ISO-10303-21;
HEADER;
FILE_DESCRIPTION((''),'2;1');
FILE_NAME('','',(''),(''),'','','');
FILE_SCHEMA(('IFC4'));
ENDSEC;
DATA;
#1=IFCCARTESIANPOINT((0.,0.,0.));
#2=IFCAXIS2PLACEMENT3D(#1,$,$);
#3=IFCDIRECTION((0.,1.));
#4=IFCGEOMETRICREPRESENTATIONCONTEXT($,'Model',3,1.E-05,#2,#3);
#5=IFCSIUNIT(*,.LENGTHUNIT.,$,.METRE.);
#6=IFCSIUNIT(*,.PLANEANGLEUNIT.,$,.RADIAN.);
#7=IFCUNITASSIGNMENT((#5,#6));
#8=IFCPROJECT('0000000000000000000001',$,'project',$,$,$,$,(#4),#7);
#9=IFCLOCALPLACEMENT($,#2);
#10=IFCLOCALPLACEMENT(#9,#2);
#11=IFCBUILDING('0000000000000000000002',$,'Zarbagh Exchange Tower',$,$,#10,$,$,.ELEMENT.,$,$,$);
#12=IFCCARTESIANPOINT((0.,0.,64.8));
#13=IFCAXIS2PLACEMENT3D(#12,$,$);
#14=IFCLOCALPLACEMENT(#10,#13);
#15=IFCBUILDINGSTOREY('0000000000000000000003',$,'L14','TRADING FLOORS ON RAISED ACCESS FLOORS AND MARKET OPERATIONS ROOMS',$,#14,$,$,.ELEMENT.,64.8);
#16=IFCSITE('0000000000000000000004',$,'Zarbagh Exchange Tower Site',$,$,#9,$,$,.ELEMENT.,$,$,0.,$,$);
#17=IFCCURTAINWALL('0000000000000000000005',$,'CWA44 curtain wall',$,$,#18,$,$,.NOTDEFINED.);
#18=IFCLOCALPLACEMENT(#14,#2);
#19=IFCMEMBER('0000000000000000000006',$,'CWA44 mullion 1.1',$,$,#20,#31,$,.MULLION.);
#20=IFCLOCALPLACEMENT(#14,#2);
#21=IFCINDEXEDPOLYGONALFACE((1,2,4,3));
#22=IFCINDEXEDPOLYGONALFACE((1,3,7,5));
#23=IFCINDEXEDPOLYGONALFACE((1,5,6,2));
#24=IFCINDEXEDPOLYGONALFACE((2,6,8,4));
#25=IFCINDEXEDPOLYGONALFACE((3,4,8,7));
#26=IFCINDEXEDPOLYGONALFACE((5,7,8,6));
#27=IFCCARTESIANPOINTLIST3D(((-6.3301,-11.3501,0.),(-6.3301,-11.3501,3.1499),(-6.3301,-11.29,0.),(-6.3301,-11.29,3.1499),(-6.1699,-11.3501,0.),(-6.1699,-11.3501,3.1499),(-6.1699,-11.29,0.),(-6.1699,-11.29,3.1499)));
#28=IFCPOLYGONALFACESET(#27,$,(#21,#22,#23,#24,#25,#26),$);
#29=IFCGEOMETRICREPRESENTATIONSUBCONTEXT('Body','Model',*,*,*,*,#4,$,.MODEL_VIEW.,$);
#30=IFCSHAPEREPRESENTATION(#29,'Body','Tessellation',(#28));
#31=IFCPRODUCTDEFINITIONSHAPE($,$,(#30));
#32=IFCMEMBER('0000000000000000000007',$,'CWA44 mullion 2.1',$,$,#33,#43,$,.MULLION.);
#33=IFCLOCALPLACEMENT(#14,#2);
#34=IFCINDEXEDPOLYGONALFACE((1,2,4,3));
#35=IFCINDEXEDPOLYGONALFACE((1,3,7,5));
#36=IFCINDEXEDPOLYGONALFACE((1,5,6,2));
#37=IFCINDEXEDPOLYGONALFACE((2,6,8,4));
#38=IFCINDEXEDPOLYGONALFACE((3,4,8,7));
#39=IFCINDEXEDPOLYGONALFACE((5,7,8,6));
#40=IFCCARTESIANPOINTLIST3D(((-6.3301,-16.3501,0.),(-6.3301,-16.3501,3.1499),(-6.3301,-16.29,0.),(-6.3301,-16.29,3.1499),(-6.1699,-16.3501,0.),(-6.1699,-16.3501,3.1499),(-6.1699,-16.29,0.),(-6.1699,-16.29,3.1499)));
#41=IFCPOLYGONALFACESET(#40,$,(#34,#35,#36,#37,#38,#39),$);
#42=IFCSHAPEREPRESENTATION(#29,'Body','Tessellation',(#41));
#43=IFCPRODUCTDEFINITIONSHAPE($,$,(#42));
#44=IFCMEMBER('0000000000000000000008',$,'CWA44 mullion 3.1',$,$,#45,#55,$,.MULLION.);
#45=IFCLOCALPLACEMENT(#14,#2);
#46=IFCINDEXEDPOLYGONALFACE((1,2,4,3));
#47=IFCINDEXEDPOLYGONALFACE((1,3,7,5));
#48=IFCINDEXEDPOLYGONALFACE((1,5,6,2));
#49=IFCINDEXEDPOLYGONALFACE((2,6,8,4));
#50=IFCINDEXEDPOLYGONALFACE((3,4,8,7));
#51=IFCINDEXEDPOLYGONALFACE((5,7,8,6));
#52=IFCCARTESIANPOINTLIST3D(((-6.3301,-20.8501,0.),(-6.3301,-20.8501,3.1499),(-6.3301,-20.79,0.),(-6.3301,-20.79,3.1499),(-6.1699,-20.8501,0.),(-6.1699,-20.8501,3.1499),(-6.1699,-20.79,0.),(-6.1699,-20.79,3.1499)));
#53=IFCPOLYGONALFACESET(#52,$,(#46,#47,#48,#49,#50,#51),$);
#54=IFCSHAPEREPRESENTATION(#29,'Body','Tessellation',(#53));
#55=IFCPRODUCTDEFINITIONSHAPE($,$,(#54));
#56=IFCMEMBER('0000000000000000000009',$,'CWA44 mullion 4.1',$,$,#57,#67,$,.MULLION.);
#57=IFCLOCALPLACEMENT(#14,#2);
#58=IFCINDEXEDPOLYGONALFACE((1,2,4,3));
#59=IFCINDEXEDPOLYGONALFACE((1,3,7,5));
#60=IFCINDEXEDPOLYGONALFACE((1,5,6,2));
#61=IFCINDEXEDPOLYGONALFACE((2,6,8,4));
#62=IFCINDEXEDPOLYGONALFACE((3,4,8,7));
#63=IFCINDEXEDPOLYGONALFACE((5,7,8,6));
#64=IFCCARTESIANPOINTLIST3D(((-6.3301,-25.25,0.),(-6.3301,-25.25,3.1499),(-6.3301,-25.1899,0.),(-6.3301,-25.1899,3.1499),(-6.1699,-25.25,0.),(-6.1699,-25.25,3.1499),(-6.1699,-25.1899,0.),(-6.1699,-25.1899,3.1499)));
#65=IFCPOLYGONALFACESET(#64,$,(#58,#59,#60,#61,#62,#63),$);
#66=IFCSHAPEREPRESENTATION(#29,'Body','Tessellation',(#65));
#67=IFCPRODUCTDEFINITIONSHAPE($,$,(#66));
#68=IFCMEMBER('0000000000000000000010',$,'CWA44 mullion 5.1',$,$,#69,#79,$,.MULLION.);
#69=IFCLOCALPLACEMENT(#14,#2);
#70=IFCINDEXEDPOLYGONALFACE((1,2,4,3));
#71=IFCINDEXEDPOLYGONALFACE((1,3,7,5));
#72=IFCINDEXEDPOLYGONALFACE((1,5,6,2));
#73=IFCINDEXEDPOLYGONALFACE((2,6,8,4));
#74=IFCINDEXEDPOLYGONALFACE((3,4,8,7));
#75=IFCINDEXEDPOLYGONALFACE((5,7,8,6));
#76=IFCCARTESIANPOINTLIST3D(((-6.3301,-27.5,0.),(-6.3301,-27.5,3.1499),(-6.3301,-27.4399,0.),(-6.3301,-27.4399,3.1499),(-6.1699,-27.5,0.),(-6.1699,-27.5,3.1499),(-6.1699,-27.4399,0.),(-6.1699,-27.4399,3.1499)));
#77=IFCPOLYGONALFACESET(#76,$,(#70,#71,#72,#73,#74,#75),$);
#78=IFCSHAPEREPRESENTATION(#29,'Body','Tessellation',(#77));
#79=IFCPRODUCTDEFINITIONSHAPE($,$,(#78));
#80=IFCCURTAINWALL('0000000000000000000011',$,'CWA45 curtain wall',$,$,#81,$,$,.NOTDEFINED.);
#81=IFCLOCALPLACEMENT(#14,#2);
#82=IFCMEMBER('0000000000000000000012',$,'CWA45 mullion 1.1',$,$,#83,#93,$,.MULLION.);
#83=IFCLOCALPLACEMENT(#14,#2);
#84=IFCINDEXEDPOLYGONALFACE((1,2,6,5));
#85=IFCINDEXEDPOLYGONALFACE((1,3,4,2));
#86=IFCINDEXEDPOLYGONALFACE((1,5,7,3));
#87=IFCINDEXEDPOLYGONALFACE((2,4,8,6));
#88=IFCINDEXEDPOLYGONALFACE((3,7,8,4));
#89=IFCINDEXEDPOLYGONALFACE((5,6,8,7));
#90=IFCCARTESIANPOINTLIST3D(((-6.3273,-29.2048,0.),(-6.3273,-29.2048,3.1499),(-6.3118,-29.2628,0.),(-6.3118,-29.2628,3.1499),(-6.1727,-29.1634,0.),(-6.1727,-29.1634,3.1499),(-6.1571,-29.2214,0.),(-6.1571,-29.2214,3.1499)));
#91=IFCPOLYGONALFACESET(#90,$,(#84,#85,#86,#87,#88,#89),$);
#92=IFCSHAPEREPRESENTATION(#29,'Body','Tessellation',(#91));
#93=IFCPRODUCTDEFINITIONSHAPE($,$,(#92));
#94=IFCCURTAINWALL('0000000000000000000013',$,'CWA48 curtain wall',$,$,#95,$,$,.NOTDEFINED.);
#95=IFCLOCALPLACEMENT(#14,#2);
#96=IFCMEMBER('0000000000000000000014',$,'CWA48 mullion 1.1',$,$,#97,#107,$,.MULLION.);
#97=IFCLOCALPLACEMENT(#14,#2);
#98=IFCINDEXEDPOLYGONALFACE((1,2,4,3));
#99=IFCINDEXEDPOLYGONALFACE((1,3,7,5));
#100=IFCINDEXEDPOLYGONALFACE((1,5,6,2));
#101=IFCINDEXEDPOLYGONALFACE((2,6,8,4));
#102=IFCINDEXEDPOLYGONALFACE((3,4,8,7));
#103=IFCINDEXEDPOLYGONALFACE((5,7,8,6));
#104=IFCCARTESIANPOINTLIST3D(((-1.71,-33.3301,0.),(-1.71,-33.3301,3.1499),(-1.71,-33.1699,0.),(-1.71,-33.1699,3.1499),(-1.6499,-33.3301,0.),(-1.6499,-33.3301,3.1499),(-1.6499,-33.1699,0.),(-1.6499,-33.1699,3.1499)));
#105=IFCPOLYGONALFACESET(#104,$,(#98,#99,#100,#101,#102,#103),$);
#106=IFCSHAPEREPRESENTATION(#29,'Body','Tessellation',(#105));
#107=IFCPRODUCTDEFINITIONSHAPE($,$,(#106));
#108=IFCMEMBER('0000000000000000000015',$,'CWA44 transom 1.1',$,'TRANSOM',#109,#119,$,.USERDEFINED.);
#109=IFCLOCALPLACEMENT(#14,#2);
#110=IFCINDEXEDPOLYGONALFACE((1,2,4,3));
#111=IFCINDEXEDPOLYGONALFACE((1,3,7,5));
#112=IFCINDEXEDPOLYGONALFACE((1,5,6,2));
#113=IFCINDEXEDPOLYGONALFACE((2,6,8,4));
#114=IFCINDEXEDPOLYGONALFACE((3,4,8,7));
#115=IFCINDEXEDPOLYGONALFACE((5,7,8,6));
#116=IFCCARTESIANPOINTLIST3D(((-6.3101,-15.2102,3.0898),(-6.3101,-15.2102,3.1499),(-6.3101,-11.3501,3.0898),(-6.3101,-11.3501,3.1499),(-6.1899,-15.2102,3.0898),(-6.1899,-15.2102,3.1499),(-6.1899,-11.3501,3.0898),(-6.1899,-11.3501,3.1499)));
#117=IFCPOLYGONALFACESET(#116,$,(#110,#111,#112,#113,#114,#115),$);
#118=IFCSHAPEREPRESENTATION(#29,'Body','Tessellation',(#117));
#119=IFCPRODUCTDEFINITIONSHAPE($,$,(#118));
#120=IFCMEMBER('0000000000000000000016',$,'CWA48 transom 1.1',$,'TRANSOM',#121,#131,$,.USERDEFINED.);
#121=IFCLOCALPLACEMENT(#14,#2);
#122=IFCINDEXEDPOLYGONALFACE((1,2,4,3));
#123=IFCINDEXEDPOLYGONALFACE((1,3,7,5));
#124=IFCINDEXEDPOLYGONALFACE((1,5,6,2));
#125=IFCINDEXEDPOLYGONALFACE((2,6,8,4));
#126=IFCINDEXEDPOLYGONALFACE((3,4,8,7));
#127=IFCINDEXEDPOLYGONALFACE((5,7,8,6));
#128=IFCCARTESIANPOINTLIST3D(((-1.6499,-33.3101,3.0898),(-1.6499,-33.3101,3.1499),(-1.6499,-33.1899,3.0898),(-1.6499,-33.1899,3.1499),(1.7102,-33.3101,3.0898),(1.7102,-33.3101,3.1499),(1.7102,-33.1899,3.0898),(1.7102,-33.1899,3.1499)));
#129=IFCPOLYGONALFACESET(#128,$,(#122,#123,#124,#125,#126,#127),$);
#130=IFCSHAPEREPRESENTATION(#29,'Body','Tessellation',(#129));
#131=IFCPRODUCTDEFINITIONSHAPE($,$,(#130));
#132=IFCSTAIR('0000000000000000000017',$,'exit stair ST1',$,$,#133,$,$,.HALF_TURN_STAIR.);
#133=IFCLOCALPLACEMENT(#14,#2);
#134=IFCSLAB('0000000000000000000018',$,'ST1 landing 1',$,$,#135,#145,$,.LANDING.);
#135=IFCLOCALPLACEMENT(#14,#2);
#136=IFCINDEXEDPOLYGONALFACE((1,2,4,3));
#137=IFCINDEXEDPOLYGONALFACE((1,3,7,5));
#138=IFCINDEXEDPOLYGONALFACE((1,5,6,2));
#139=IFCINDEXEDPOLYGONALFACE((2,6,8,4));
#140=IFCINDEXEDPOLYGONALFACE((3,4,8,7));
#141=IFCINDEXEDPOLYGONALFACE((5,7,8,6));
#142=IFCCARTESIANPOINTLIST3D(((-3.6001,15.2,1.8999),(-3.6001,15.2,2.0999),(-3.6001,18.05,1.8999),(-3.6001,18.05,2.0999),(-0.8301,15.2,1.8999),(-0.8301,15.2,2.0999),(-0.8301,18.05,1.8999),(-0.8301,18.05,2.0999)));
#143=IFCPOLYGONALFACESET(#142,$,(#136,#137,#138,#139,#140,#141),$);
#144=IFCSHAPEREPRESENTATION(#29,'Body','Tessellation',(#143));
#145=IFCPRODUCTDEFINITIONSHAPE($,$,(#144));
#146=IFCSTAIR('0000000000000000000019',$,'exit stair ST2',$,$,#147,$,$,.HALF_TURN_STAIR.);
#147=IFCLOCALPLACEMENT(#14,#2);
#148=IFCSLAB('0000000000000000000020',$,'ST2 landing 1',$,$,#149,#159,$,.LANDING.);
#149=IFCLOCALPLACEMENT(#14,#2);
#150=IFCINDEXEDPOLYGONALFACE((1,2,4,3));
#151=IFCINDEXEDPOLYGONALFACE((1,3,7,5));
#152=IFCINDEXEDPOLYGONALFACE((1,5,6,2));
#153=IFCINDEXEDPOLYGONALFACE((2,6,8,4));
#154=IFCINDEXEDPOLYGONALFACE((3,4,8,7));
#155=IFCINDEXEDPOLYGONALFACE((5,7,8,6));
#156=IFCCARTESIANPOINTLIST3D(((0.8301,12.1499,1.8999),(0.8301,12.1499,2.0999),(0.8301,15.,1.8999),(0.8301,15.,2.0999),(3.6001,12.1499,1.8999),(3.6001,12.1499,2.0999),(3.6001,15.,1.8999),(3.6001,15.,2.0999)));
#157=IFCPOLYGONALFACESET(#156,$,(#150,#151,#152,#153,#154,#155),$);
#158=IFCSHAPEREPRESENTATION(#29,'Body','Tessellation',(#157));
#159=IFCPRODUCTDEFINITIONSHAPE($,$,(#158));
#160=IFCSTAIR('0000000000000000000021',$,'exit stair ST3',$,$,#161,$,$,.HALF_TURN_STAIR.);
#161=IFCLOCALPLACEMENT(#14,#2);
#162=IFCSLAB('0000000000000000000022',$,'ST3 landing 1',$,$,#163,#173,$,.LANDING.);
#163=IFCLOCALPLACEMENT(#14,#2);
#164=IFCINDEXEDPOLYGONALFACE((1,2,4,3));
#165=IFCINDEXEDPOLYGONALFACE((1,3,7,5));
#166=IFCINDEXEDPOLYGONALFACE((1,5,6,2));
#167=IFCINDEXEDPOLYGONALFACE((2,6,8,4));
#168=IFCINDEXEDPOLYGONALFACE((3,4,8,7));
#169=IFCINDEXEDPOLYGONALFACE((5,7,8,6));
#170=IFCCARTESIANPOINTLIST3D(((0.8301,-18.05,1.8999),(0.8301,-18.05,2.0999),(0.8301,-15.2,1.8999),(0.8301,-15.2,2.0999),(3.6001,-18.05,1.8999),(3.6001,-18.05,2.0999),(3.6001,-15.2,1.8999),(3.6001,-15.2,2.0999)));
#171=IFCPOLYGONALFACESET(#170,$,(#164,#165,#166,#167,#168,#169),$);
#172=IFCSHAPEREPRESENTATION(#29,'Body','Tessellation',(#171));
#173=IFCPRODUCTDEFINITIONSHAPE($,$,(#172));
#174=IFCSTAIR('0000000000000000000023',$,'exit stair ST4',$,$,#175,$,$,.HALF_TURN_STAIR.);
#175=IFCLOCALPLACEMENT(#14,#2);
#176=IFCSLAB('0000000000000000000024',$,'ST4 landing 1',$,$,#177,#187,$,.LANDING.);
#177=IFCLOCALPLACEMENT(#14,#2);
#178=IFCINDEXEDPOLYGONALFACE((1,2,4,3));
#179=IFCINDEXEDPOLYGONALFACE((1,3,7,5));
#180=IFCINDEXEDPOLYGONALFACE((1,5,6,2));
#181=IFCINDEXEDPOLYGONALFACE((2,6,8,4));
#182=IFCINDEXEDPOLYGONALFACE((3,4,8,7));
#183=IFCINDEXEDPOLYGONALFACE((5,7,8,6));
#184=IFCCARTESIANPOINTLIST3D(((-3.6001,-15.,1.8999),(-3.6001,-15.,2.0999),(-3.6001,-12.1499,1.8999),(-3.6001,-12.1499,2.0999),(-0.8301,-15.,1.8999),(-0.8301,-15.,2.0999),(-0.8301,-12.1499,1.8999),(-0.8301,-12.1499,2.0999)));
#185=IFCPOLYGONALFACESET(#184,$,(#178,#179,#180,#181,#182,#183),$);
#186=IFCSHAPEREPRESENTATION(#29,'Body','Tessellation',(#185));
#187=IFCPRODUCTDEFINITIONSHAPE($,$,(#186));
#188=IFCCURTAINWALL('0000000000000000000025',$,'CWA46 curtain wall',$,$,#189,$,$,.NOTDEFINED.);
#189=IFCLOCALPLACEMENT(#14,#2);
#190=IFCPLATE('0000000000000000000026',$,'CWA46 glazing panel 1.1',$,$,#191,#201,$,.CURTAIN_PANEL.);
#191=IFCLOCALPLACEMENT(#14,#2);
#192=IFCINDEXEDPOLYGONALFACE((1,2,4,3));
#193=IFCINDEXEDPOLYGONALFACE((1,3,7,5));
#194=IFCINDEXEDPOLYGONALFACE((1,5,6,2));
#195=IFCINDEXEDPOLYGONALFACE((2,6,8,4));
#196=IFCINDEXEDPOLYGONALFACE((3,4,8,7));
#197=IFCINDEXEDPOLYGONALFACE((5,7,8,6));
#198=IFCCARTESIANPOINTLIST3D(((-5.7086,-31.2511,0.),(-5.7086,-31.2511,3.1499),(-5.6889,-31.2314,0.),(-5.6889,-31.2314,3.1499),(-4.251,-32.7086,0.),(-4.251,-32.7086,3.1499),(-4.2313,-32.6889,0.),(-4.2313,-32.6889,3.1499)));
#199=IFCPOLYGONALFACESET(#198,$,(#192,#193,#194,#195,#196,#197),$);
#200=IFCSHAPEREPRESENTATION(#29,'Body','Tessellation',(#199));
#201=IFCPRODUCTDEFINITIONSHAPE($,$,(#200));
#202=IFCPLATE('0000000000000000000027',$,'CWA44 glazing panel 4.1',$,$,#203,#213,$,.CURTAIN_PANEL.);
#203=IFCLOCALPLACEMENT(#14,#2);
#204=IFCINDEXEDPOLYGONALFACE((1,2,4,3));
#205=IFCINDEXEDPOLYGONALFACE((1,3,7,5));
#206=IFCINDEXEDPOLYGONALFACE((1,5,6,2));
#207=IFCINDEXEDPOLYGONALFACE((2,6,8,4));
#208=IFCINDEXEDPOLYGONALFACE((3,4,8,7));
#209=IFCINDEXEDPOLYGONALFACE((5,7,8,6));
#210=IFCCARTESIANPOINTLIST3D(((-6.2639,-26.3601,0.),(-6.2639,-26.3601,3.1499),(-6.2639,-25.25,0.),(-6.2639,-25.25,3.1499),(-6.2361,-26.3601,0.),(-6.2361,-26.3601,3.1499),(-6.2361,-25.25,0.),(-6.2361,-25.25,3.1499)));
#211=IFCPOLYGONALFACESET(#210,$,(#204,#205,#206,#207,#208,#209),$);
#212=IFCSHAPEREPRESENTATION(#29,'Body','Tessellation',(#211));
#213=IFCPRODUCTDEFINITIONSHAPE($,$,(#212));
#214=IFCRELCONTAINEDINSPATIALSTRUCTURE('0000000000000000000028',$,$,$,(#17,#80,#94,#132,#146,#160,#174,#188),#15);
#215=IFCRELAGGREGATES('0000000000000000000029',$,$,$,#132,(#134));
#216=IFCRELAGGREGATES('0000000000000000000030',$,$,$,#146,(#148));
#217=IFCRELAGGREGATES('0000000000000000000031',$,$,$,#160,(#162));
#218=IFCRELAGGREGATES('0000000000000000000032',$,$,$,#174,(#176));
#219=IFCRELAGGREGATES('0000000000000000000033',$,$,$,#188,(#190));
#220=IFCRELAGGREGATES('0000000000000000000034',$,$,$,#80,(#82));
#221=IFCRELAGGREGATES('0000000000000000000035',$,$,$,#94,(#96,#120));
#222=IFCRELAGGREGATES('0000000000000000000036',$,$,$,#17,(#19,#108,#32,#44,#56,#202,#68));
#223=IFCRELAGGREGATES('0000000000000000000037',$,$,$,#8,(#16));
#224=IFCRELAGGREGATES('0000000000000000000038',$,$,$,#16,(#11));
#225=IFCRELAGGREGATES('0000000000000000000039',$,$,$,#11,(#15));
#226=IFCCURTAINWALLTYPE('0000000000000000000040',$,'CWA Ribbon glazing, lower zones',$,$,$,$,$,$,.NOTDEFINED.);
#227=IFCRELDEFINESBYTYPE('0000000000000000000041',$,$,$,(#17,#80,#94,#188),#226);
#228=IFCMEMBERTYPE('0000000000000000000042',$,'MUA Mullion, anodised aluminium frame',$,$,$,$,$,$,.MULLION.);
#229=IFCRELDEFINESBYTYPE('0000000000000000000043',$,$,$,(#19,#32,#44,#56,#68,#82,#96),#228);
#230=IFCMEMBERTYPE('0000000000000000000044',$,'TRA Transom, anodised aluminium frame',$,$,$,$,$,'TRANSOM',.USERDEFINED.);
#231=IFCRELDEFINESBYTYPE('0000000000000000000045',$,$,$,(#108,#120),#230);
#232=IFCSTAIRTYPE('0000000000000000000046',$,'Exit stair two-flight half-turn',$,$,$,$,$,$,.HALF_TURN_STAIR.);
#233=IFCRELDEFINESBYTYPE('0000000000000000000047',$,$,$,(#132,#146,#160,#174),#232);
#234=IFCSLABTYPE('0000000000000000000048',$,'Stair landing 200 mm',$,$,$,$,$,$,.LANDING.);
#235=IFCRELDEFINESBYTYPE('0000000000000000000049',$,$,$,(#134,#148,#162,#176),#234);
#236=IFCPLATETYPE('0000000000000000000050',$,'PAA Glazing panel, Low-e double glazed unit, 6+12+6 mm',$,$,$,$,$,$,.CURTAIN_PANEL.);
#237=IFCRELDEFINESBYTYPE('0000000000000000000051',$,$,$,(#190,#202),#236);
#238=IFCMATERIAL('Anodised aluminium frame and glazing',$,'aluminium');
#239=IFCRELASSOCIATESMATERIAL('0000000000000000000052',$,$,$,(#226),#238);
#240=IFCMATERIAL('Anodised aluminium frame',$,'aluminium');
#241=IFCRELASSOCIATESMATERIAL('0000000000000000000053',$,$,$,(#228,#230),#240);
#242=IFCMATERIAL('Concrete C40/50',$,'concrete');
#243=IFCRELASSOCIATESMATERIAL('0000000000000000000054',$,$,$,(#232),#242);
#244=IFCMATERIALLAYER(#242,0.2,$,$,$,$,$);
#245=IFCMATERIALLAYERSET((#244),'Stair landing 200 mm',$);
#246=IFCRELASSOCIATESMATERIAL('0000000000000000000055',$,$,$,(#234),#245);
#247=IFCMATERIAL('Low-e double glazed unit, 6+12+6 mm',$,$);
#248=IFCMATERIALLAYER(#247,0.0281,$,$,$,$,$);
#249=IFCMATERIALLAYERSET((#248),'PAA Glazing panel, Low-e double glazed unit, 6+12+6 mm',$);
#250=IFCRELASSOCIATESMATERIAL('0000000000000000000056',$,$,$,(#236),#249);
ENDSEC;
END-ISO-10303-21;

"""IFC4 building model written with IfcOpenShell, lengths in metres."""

from ifc_helpers import new_model, si_unit, direction, frame, origin, place, context, subcontext, project, spatial, polyline, outline, extrude, source, transform, mapped, material, layer, layer_set, type_object, element, aggregate, save


model = new_model("IFC4")

# Units and contexts
model_context = context("Model", 3, precision=1e-05, world=origin(), true_north=direction((0.0, 1.0)))
body_context = subcontext(model_context, "Body", "Model", "MODEL_VIEW")
ifc_project = project(units=[si_unit("LENGTHUNIT", "METRE"), si_unit("PLANEANGLEUNIT", "RADIAN")], contexts=[model_context])

# Site, building, storey
site_placement = place(None, origin())
site = spatial("IfcSite", under=ifc_project, at=site_placement, Name="Zarbagh Exchange Tower Site", CompositionType="ELEMENT", RefElevation=0.0)
building_placement = place(site_placement, origin())
building = spatial("IfcBuilding", under=site, at=building_placement, Name="Zarbagh Exchange Tower", CompositionType="ELEMENT")
storey_placement = place(building_placement, frame((0.0, 0.0, 64.8)))
storey = spatial("IfcBuildingStorey", under=building, at=storey_placement, Name="L14", Description="TRADING FLOORS ON RAISED ACCESS FLOORS AND MARKET OPERATIONS ROOMS", CompositionType="ELEMENT", Elevation=64.8)

# Curtain wall, members
ifc_material_1 = material(Name="Anodised aluminium frame and glazing", Category="aluminium")
curtain_wall_type = type_object("IfcCurtainWallType", Name="CWA Ribbon glazing, lower zones", PredefinedType="NOTDEFINED", material=ifc_material_1)
curtain_wall_1_placement = place(storey_placement, origin())
curtain_wall_1 = element("IfcCurtainWall", 1, at=curtain_wall_1_placement, inside=storey, type_object=curtain_wall_type, Name="CWA44 curtain wall", PredefinedType="NOTDEFINED")
ifc_material_2 = material(Name="Anodised aluminium frame", Category="aluminium")
member_type_1 = type_object("IfcMemberType", Name="MUA Mullion, anodised aluminium frame", PredefinedType="MULLION", material=ifc_material_2)
shared_shape_1 = source(origin(), body_context, "Body", "SweptSolid", [
    extrude(outline(polyline([(0.0, -0.0801), (0.0601, -0.0801), (0.0601, 0.0801), (0.0, 0.0801), (0.0, -0.0801)])), origin(), (0.0, 0.0, 1.0), 3.1499),
])
placement = place(storey_placement, origin())
member_1 = element("IfcMember", 2, at=placement, type_object=member_type_1, Name="CWA44 mullion 1.1", PredefinedType="MULLION", context=body_context, shape_type="MappedRepresentation", body=[
    mapped(shared_shape_1, transform((-6.25, -11.29, 0.0), x_axis=(0.0, -1.0, 0.0), y_axis=(1.0, 0.0, 0.0), z_axis=(0.0, 0.0, 1.0))),
])
member_2 = element("IfcMember", 3, at=placement, type_object=member_type_1, Name="CWA44 mullion 2.1", PredefinedType="MULLION", context=body_context, shape_type="MappedRepresentation", body=[
    mapped(shared_shape_1, transform((-6.25, -16.29, 0.0), x_axis=(0.0, -1.0, 0.0), y_axis=(1.0, 0.0, 0.0), z_axis=(0.0, 0.0, 1.0))),
])
member_3 = element("IfcMember", 4, at=placement, type_object=member_type_1, Name="CWA44 mullion 3.1", PredefinedType="MULLION", context=body_context, shape_type="MappedRepresentation", body=[
    mapped(shared_shape_1, transform((-6.25, -20.79, 0.0), x_axis=(0.0, -1.0, 0.0), y_axis=(1.0, 0.0, 0.0), z_axis=(0.0, 0.0, 1.0))),
])
member_4 = element("IfcMember", 5, at=placement, type_object=member_type_1, Name="CWA44 mullion 4.1", PredefinedType="MULLION", context=body_context, shape_type="MappedRepresentation", body=[
    mapped(shared_shape_1, transform((-6.25, -25.1899, 0.0), x_axis=(0.0, -1.0, 0.0), y_axis=(1.0, 0.0, 0.0), z_axis=(0.0, 0.0, 1.0))),
])
member_5 = element("IfcMember", 6, at=placement, type_object=member_type_1, Name="CWA44 mullion 5.1", PredefinedType="MULLION", context=body_context, shape_type="MappedRepresentation", body=[
    mapped(shared_shape_1, transform((-6.25, -27.4399, 0.0), x_axis=(0.0, -1.0, 0.0), y_axis=(1.0, 0.0, 0.0), z_axis=(0.0, 0.0, 1.0))),
])

# Curtain walls, members
curtain_wall_2_placement = place(storey_placement, origin())
curtain_wall_2 = element("IfcCurtainWall", 7, at=curtain_wall_2_placement, inside=storey, type_object=curtain_wall_type, Name="CWA45 curtain wall", PredefinedType="NOTDEFINED")
member_6 = element("IfcMember", 8, at=placement, type_object=member_type_1, Name="CWA45 mullion 1.1", PredefinedType="MULLION", context=body_context, shape_type="MappedRepresentation", body=[
    mapped(shared_shape_1, transform((-6.25, -29.1841, 0.0), x_axis=(0.258825, -0.965924, 0.0), y_axis=(0.965924, 0.258825, 0.0), z_axis=(0.0, 0.0, 1.0))),
])
curtain_wall_3_placement = place(storey_placement, origin())
curtain_wall_3 = element("IfcCurtainWall", 9, at=curtain_wall_3_placement, inside=storey, type_object=curtain_wall_type, Name="CWA48 curtain wall", PredefinedType="NOTDEFINED")
member_7 = element("IfcMember", 10, at=placement, type_object=member_type_1, Name="CWA48 mullion 1.1", PredefinedType="MULLION", context=body_context, shape_type="MappedRepresentation", body=[
    mapped(shared_shape_1, transform((-1.71, -33.25, 0.0), x_axis=(1.0, 0.0, 0.0), y_axis=(0.0, 1.0, 0.0), z_axis=(0.0, 0.0, 1.0))),
])

# Members
member_type_2 = type_object("IfcMemberType", Name="TRA Transom, anodised aluminium frame", ElementType="TRANSOM", PredefinedType="USERDEFINED", material=ifc_material_2)
shared_shape_2 = source(origin(), body_context, "Body", "SweptSolid", [
    extrude(outline(polyline([(-0.0601, -0.0601), (0.0, -0.0601), (0.0, 0.0601), (-0.0601, 0.0601), (-0.0601, -0.0601)])), origin(), (0.0, 0.0, 1.0), 3.8601),
])
member_8 = element("IfcMember", 11, at=placement, type_object=member_type_2, Name="CWA44 transom 1.1", ObjectType="TRANSOM", PredefinedType="USERDEFINED", context=body_context, shape_type="MappedRepresentation", body=[
    mapped(shared_shape_2, transform((-6.25, -11.3501, 3.1499), x_axis=(0.0, 0.0, 1.0), y_axis=(-1.0, 0.0, 0.0), z_axis=(0.0, -1.0, 0.0))),
])
shared_shape_3 = source(origin(), body_context, "Body", "SweptSolid", [
    extrude(outline(polyline([(-0.0601, -0.0601), (0.0, -0.0601), (0.0, 0.0601), (-0.0601, 0.0601), (-0.0601, -0.0601)])), origin(), (0.0, 0.0, 1.0), 3.3601),
])
member_9 = element("IfcMember", 12, at=placement, type_object=member_type_2, Name="CWA48 transom 1.1", ObjectType="TRANSOM", PredefinedType="USERDEFINED", context=body_context, shape_type="MappedRepresentation", body=[
    mapped(shared_shape_3, transform((-1.6499, -33.25, 3.1499), x_axis=(0.0, 0.0, 1.0), y_axis=(0.0, -1.0, 0.0), z_axis=(1.0, 0.0, 0.0))),
])

# Stairs, slabs
ifc_material_3 = material(Name="Concrete C40/50", Category="concrete")
stair_type = type_object("IfcStairType", Name="Exit stair two-flight half-turn", PredefinedType="HALF_TURN_STAIR", material=ifc_material_3)
stair_1_placement = place(storey_placement, origin())
stair_1 = element("IfcStair", 13, at=stair_1_placement, inside=storey, type_object=stair_type, Name="exit stair ST1", PredefinedType="HALF_TURN_STAIR")
ifc_layer_1 = layer(ifc_material_3, 0.2)
ifc_layer_set_1 = layer_set([ifc_layer_1], Name="Stair landing 200 mm")
slab_type = type_object("IfcSlabType", Name="Stair landing 200 mm", PredefinedType="LANDING", material=ifc_layer_set_1)
slab_1_placement = place(storey_placement, frame((0.0, 0.0, 1.8999)))
slab_1 = element("IfcSlab", 14, at=slab_1_placement, type_object=slab_type, Name="ST1 landing 1", PredefinedType="LANDING", context=body_context, shape_type="SweptSolid", body=[
    extrude(outline(polyline([(-0.8301, 18.05), (-3.6001, 18.05), (-3.6001, 15.2), (-0.8301, 15.2), (-0.8301, 18.05)])), origin(), (0.0, 0.0, 1.0), 0.2),
])
aggregate(stair_1, [slab_1])
stair_2_placement = place(storey_placement, origin())
stair_2 = element("IfcStair", 15, at=stair_2_placement, inside=storey, type_object=stair_type, Name="exit stair ST2", PredefinedType="HALF_TURN_STAIR")
slab_2_placement = place(storey_placement, frame((0.0, 0.0, 1.8999)))
slab_2 = element("IfcSlab", 16, at=slab_2_placement, type_object=slab_type, Name="ST2 landing 1", PredefinedType="LANDING", context=body_context, shape_type="SweptSolid", body=[
    extrude(outline(polyline([(0.8301, 12.1499), (3.6001, 12.1499), (3.6001, 15.0), (0.8301, 15.0), (0.8301, 12.1499)])), origin(), (0.0, 0.0, 1.0), 0.2),
])
aggregate(stair_2, [slab_2])
stair_3_placement = place(storey_placement, origin())
stair_3 = element("IfcStair", 17, at=stair_3_placement, inside=storey, type_object=stair_type, Name="exit stair ST3", PredefinedType="HALF_TURN_STAIR")
slab_3_placement = place(storey_placement, frame((0.0, 0.0, 1.8999)))
slab_3 = element("IfcSlab", 18, at=slab_3_placement, type_object=slab_type, Name="ST3 landing 1", PredefinedType="LANDING", context=body_context, shape_type="SweptSolid", body=[
    extrude(outline(polyline([(0.8301, -18.05), (3.6001, -18.05), (3.6001, -15.2), (0.8301, -15.2), (0.8301, -18.05)])), origin(), (0.0, 0.0, 1.0), 0.2),
])
aggregate(stair_3, [slab_3])
stair_4_placement = place(storey_placement, origin())
stair_4 = element("IfcStair", 19, at=stair_4_placement, inside=storey, type_object=stair_type, Name="exit stair ST4", PredefinedType="HALF_TURN_STAIR")
slab_4_placement = place(storey_placement, frame((0.0, 0.0, 1.8999)))
slab_4 = element("IfcSlab", 20, at=slab_4_placement, type_object=slab_type, Name="ST4 landing 1", PredefinedType="LANDING", context=body_context, shape_type="SweptSolid", body=[
    extrude(outline(polyline([(-0.8301, -12.1499), (-3.6001, -12.1499), (-3.6001, -15.0), (-0.8301, -15.0), (-0.8301, -12.1499)])), origin(), (0.0, 0.0, 1.0), 0.2),
])
aggregate(stair_4, [slab_4])

# Curtain wall, plate
curtain_wall_4_placement = place(storey_placement, origin())
curtain_wall_4 = element("IfcCurtainWall", 21, at=curtain_wall_4_placement, inside=storey, type_object=curtain_wall_type, Name="CWA46 curtain wall", PredefinedType="NOTDEFINED")
ifc_material_4 = material(Name="Low-e double glazed unit, 6+12+6 mm")
ifc_layer_2 = layer(ifc_material_4, 0.0281)
ifc_layer_set_2 = layer_set([ifc_layer_2], Name="PAA Glazing panel, Low-e double glazed unit, 6+12+6 mm")
plate_type = type_object("IfcPlateType", Name="PAA Glazing panel, Low-e double glazed unit, 6+12+6 mm", PredefinedType="CURTAIN_PANEL", material=ifc_layer_set_2)
shared_shape_4 = source(origin(), body_context, "Body", "SweptSolid", [
    extrude(outline(polyline([(0.0, -0.0139), (2.0613, -0.0139), (2.0613, 0.0139), (0.0, 0.0139), (0.0, -0.0139)])), origin(), (0.0, 0.0, 1.0), 3.1499),
])
plate_1 = element("IfcPlate", 22, at=placement, type_object=plate_type, Name="CWA46 glazing panel 1.1", PredefinedType="CURTAIN_PANEL", context=body_context, shape_type="MappedRepresentation", body=[
    mapped(shared_shape_4, transform((-5.6987, -31.2412, 0.0), x_axis=(0.707107, -0.707107, 0.0), y_axis=(0.707107, 0.707107, 0.0), z_axis=(0.0, 0.0, 1.0))),
])
aggregate(curtain_wall_4, [plate_1])

# Plate
shared_shape_5 = source(origin(), body_context, "Body", "SweptSolid", [
    extrude(outline(polyline([(0.0, -0.0139), (1.1101, -0.0139), (1.1101, 0.0139), (0.0, 0.0139), (0.0, -0.0139)])), origin(), (0.0, 0.0, 1.0), 3.1499),
])
plate_2 = element("IfcPlate", 23, at=placement, type_object=plate_type, Name="CWA44 glazing panel 4.1", PredefinedType="CURTAIN_PANEL", context=body_context, shape_type="MappedRepresentation", body=[
    mapped(shared_shape_5, transform((-6.25, -25.25, 0.0), x_axis=(0.0, -1.0, 0.0), y_axis=(1.0, 0.0, 0.0), z_axis=(0.0, 0.0, 1.0))),
])
aggregate(curtain_wall_2, [member_6])

aggregate(curtain_wall_3, [member_7, member_9])
aggregate(curtain_wall_1, [member_1, member_8, member_2, member_3, member_4, plate_2, member_5])

save(model, "model.ifc")
